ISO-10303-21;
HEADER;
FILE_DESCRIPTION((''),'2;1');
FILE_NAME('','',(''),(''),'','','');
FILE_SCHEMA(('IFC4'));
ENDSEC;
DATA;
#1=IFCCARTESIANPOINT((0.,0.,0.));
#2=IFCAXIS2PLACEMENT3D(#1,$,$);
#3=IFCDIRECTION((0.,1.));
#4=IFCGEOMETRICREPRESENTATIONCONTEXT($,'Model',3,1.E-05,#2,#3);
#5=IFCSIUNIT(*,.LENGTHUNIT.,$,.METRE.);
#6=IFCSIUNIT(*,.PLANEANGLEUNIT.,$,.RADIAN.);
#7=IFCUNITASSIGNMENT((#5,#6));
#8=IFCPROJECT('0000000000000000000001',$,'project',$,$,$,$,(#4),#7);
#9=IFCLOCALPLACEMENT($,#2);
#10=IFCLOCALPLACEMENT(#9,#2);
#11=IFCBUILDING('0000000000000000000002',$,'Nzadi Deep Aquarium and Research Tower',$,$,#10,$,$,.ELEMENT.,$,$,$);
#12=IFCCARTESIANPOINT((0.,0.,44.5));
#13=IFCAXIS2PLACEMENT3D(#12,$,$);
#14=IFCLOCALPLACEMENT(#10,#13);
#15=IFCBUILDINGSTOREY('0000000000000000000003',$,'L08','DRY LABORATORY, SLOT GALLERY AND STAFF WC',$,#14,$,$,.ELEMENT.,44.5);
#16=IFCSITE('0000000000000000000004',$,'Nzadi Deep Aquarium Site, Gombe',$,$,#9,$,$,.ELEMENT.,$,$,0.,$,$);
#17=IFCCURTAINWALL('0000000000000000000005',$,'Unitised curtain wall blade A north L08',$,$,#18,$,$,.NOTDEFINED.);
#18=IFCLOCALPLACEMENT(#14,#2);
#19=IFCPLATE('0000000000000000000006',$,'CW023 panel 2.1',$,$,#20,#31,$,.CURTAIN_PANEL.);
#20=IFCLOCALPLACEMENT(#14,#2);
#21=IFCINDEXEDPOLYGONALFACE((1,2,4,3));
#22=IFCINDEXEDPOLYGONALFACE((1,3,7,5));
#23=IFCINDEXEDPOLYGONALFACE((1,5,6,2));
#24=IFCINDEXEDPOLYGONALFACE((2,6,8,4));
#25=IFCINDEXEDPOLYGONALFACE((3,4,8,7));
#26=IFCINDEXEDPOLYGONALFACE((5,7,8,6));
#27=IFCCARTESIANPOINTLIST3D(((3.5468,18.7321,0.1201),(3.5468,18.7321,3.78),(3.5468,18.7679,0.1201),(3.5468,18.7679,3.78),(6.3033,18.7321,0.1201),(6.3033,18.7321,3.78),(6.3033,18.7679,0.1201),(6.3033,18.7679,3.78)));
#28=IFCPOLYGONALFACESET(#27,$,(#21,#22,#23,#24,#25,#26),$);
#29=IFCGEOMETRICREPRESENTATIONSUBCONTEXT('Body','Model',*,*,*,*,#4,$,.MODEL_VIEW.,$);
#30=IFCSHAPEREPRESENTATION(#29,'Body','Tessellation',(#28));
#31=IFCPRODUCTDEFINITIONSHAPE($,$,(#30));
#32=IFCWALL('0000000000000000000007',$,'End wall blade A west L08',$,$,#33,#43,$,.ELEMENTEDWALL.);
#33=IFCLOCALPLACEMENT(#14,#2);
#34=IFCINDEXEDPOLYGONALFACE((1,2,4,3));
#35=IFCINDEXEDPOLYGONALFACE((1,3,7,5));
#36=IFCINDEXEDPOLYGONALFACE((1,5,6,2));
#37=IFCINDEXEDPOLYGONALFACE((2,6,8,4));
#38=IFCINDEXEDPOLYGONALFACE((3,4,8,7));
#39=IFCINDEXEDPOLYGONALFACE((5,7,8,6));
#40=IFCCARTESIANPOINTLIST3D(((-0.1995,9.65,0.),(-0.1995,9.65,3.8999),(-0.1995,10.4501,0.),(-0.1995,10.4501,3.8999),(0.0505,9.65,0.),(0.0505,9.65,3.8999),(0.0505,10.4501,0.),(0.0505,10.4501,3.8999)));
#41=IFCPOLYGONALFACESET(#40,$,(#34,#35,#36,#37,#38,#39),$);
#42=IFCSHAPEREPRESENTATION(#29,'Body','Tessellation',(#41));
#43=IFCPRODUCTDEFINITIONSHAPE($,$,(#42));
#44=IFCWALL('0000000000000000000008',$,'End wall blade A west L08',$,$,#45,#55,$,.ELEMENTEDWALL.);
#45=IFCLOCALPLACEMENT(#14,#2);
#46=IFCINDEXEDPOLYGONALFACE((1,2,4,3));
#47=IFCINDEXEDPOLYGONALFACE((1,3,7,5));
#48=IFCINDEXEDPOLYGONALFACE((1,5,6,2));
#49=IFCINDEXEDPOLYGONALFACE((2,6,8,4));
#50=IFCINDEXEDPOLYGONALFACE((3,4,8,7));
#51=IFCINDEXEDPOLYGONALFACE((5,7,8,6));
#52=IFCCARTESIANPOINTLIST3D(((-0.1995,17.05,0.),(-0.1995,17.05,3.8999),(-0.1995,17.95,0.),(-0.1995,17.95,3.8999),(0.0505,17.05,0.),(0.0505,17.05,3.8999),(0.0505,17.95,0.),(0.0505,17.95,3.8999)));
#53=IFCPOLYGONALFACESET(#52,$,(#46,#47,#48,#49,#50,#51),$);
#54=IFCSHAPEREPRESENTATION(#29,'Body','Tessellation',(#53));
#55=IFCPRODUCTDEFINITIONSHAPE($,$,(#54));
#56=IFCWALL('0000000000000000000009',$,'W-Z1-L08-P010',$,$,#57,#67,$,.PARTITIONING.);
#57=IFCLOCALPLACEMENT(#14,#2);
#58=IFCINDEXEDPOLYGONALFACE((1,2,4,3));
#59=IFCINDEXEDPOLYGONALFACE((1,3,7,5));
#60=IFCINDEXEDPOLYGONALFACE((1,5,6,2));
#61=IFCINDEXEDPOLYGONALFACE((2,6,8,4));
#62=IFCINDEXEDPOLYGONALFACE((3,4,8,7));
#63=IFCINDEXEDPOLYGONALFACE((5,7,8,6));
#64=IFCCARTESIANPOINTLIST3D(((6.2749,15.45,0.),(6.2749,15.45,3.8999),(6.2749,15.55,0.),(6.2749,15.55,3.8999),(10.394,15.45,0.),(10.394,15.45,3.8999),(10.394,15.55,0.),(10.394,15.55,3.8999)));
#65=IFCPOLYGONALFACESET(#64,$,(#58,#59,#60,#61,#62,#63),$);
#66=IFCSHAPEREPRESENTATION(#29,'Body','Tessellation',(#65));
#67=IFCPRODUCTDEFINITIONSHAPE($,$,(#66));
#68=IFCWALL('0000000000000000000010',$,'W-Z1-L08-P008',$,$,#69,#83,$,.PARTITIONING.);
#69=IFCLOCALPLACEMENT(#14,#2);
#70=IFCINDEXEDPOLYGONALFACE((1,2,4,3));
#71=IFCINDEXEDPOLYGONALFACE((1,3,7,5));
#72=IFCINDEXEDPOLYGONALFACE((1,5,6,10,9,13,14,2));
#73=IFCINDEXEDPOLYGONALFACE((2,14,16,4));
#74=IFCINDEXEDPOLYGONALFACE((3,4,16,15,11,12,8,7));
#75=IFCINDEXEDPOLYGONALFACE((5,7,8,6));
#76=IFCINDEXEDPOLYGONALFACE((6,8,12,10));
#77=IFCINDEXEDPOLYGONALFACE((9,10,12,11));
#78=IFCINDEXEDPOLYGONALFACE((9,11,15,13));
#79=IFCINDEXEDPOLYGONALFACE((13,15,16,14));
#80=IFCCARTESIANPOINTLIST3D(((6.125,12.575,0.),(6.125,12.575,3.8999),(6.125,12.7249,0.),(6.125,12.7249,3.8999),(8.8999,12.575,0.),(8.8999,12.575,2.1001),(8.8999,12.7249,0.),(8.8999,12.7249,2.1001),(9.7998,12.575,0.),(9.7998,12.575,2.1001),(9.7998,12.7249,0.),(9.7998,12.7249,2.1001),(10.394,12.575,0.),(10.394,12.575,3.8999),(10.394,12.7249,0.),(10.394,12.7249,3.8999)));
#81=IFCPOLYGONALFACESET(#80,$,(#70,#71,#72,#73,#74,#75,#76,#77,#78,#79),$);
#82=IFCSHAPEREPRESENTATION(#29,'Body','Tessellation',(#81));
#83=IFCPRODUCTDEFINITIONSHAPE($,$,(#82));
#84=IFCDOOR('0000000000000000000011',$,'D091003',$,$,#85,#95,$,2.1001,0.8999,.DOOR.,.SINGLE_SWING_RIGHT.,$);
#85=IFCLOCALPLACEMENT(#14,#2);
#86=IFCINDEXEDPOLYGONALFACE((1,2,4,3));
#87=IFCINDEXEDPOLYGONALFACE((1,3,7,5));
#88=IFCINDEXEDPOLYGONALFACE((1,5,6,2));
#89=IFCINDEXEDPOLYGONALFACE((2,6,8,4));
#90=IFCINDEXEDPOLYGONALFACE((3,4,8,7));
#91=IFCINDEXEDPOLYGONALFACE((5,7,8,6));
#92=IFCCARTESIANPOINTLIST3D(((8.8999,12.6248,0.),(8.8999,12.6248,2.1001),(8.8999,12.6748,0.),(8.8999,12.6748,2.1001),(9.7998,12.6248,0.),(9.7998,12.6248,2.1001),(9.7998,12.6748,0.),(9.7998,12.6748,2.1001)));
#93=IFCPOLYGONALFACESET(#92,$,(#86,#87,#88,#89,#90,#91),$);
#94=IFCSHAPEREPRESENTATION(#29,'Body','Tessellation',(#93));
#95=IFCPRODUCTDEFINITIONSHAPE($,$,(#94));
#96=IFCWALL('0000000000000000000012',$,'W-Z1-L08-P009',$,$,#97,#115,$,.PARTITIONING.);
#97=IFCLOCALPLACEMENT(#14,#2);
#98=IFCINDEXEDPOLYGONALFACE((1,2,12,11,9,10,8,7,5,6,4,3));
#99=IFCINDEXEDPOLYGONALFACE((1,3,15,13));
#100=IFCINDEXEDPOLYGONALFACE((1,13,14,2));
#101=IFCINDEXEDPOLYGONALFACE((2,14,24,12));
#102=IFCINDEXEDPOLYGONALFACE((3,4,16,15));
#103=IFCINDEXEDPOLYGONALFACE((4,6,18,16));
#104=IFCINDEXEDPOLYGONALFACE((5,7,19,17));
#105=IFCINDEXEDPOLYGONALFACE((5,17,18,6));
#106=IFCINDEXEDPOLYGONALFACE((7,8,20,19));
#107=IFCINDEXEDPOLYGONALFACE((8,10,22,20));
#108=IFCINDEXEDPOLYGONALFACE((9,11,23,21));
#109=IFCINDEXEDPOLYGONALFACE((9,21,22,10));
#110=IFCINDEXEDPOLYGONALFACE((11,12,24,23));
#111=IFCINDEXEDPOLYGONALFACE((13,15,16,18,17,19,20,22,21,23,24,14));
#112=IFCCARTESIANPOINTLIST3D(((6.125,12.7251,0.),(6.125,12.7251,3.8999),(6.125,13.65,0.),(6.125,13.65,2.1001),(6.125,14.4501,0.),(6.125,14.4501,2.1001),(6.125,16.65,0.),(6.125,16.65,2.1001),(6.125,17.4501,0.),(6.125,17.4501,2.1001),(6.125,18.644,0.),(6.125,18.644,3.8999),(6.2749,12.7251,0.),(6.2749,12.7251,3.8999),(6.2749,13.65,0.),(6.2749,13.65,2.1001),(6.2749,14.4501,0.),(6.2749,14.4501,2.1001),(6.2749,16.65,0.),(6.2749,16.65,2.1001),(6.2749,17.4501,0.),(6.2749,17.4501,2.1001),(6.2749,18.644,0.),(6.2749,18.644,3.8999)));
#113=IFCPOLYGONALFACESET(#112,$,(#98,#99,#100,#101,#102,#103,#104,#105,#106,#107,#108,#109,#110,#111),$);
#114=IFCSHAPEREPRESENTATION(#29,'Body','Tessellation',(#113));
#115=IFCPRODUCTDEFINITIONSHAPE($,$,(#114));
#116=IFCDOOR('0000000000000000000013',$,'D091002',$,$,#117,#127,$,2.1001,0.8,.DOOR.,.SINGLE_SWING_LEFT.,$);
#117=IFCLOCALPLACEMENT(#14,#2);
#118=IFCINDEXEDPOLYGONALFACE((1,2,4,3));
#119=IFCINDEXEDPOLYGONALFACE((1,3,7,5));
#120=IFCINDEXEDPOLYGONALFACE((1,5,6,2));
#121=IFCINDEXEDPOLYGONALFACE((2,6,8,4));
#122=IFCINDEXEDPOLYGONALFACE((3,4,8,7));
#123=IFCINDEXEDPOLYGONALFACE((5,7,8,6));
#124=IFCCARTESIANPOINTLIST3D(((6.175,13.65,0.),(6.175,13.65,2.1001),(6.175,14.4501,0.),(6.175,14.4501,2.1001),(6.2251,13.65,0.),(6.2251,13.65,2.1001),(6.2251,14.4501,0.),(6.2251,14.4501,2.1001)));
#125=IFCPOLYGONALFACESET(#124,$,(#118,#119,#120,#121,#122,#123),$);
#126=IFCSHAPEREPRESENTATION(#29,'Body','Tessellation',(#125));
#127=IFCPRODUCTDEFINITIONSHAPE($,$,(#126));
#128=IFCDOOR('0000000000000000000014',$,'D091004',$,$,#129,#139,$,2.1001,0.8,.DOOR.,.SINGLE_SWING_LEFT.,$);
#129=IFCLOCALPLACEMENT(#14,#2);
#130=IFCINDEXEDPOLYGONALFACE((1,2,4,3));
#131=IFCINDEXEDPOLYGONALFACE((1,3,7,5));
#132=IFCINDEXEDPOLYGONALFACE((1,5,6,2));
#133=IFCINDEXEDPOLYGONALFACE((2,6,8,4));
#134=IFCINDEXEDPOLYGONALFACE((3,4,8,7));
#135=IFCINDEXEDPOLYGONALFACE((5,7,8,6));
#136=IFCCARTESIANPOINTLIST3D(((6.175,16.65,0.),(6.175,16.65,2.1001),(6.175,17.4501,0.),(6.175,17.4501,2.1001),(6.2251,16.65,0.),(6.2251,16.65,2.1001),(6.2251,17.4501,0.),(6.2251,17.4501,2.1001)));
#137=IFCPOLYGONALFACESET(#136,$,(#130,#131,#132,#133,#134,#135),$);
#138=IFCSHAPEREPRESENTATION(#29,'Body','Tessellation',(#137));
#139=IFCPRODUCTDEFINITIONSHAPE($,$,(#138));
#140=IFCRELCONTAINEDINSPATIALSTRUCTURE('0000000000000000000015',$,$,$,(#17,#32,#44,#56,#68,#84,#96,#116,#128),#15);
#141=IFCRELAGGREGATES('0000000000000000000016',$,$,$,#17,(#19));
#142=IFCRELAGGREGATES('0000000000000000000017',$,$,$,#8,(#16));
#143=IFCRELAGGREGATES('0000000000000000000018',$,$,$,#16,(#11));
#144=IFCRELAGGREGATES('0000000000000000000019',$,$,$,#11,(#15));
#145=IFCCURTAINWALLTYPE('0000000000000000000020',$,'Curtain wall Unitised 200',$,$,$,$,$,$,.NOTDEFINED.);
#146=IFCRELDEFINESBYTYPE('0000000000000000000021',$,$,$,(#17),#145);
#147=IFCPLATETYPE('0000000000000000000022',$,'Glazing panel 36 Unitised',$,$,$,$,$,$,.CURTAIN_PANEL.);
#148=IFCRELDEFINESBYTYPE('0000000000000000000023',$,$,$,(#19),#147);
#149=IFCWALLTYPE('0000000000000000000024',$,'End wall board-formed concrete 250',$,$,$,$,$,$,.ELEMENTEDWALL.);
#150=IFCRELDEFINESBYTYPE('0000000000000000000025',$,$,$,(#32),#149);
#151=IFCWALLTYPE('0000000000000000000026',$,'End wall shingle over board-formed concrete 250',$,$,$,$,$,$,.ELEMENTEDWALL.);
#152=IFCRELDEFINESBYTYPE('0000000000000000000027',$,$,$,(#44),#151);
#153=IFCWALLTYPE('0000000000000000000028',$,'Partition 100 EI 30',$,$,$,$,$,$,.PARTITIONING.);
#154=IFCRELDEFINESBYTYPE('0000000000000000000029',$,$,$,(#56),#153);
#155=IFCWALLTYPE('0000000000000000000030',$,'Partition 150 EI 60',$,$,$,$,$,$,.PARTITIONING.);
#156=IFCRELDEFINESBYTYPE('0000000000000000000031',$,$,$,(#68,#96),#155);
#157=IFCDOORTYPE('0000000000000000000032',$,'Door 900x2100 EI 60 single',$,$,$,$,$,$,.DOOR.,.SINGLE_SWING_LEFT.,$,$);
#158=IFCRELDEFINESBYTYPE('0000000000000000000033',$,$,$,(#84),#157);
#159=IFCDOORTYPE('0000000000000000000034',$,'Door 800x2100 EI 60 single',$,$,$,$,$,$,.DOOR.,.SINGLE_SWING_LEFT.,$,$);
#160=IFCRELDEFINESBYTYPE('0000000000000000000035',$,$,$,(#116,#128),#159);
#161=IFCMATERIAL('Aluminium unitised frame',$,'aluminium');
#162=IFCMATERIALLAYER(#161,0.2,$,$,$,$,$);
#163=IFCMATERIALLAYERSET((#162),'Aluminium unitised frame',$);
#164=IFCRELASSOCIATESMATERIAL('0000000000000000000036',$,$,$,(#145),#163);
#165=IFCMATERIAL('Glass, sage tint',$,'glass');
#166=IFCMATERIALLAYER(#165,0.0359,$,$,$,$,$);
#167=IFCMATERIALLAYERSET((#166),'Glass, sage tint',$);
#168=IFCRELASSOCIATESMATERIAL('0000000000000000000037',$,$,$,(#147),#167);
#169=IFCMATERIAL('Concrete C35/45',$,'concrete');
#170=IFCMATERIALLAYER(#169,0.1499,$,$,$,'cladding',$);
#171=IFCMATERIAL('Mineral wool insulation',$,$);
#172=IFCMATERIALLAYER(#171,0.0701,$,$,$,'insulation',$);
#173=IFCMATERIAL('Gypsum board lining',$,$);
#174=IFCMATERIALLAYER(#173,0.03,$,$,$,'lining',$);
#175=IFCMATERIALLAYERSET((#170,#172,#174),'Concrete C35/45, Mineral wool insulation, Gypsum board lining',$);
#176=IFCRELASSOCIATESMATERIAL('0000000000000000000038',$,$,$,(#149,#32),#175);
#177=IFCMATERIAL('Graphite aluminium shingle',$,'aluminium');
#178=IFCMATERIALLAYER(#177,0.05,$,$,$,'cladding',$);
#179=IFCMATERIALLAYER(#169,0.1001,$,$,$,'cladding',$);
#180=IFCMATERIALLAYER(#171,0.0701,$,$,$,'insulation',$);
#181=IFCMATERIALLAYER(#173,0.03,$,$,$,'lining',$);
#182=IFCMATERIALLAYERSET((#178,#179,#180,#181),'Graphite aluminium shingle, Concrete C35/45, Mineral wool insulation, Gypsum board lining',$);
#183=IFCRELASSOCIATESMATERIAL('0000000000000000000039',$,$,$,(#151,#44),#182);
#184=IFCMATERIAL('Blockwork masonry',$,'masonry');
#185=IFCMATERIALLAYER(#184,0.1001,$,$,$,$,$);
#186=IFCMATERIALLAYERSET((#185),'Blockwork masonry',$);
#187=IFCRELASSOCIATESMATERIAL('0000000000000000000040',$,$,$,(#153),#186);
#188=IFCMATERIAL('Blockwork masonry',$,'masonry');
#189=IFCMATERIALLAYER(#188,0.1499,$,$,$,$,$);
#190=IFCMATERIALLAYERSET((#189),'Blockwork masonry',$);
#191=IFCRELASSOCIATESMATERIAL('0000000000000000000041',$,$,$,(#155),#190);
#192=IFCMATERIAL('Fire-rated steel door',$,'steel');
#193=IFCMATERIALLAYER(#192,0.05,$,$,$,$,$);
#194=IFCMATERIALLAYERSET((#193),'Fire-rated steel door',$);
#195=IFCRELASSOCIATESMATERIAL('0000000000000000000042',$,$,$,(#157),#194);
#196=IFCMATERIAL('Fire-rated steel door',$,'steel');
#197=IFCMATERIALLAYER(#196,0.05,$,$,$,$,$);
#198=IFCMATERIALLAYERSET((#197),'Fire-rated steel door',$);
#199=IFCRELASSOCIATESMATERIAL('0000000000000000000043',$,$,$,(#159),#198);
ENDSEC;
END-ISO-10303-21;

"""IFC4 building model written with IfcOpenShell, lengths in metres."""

from ifc_helpers import new_model, si_unit, direction, frame, frame_2d, origin, origin_2d, place, context, subcontext, project, spatial, rectangle, extrude, material, layer, layer_set, layer_usage, type_object, element, fill, aggregate, save


model = new_model("IFC4")

# Units and contexts
model_context = context("Model", 3, precision=1e-05, world=origin(), true_north=direction((0.0, 1.0)))
body_context = subcontext(model_context, "Body", "Model", "MODEL_VIEW")
ifc_project = project(units=[si_unit("LENGTHUNIT", "METRE"), si_unit("PLANEANGLEUNIT", "RADIAN")], contexts=[model_context])

# Site, building, storey
site_placement = place(None, origin())
site = spatial("IfcSite", under=ifc_project, at=site_placement, Name="Nzadi Deep Aquarium Site, Gombe", CompositionType="ELEMENT", RefElevation=0.0)
building_placement = place(site_placement, origin())
building = spatial("IfcBuilding", under=site, at=building_placement, Name="Nzadi Deep Aquarium and Research Tower", CompositionType="ELEMENT")
storey_placement = place(building_placement, frame((0.0, 0.0, 44.5)))
storey = spatial("IfcBuildingStorey", under=building, at=storey_placement, Name="L08", Description="DRY LABORATORY, SLOT GALLERY AND STAFF WC", CompositionType="ELEMENT", Elevation=44.5)

# Curtain wall
ifc_material_1 = material(Name="Aluminium unitised frame", Category="aluminium")
ifc_layer_1 = layer(ifc_material_1, 0.2)
ifc_layer_set_1 = layer_set([ifc_layer_1], Name="Aluminium unitised frame")
curtain_wall_type = type_object("IfcCurtainWallType", Name="Curtain wall Unitised 200", PredefinedType="NOTDEFINED", material=ifc_layer_set_1)
curtain_wall_placement = place(storey_placement, origin())
curtain_wall = element("IfcCurtainWall", 1, at=curtain_wall_placement, inside=storey, type_object=curtain_wall_type, Name="Unitised curtain wall blade A north L08", PredefinedType="NOTDEFINED")

# Plate
ifc_material_2 = material(Name="Glass, sage tint", Category="glass")
ifc_layer_2 = layer(ifc_material_2, 0.0359)
ifc_layer_set_2 = layer_set([ifc_layer_2], Name="Glass, sage tint")
plate_type = type_object("IfcPlateType", Name="Glazing panel 36 Unitised", PredefinedType="CURTAIN_PANEL", material=ifc_layer_set_2)
plate_1_placement = place(storey_placement, frame((4.925, 18.75, 0.1201), z_axis=(0.0, 0.0, 1.0), x_axis=(1.0, 0.0, 0.0)))
plate_1 = element("IfcPlate", 2, at=plate_1_placement, type_object=plate_type, Name="CW023 panel 2.1", PredefinedType="CURTAIN_PANEL", context=body_context, shape_type="SweptSolid", body=[
    extrude(rectangle(XDim=2.7566, YDim=0.0359, at=origin_2d()), origin(), (0.0, 0.0, 1.0), 3.6599),
])
aggregate(curtain_wall, [plate_1])

# Walls
ifc_material_3 = material(Name="Concrete C35/45", Category="concrete")
ifc_layer_3 = layer(ifc_material_3, 0.1499, Category="cladding")
ifc_material_4 = material(Name="Mineral wool insulation")
ifc_layer_4 = layer(ifc_material_4, 0.0701, Category="insulation")
ifc_material_5 = material(Name="Gypsum board lining")
ifc_layer_5 = layer(ifc_material_5, 0.03, Category="lining")
ifc_layer_set_3 = layer_set([ifc_layer_3, ifc_layer_4, ifc_layer_5], Name="Concrete C35/45, Mineral wool insulation, Gypsum board lining")
ifc_layer_usage_1 = layer_usage(ifc_layer_set_3, "AXIS2", "POSITIVE", -0.125)
wall_type_1 = type_object("IfcWallType", Name="End wall board-formed concrete 250", PredefinedType="ELEMENTEDWALL", material=ifc_layer_set_3)
wall_1_placement = place(storey_placement, frame((-0.0745, 10.45, 0.0), z_axis=(0.0, 0.0, 1.0), x_axis=(0.0, -1.0, 0.0)))
element("IfcWall", 3, at=wall_1_placement, inside=storey, type_object=wall_type_1, material=ifc_layer_usage_1, Name="End wall blade A west L08", PredefinedType="ELEMENTEDWALL", context=body_context, shape_type="SweptSolid", body=[
    extrude(rectangle(XDim=0.8, YDim=0.25, at=frame_2d((0.3999, 0.0))), origin(), (0.0, 0.0, 1.0), 3.8999),
])
ifc_material_6 = material(Name="Graphite aluminium shingle", Category="aluminium")
ifc_layer_6 = layer(ifc_material_6, 0.05, Category="cladding")
ifc_layer_7 = layer(ifc_material_3, 0.1001, Category="cladding")
ifc_layer_8 = layer(ifc_material_4, 0.0701, Category="insulation")
ifc_layer_9 = layer(ifc_material_5, 0.03, Category="lining")
ifc_layer_set_4 = layer_set([ifc_layer_6, ifc_layer_7, ifc_layer_8, ifc_layer_9], Name="Graphite aluminium shingle, Concrete C35/45, Mineral wool insulation, Gypsum board lining")
ifc_layer_usage_2 = layer_usage(ifc_layer_set_4, "AXIS2", "POSITIVE", -0.125)
wall_type_2 = type_object("IfcWallType", Name="End wall shingle over board-formed concrete 250", PredefinedType="ELEMENTEDWALL", material=ifc_layer_set_4)
wall_2_placement = place(storey_placement, frame((-0.0745, 17.95, 0.0), z_axis=(0.0, 0.0, 1.0), x_axis=(0.0, -1.0, 0.0)))
element("IfcWall", 4, at=wall_2_placement, inside=storey, type_object=wall_type_2, material=ifc_layer_usage_2, Name="End wall blade A west L08", PredefinedType="ELEMENTEDWALL", context=body_context, shape_type="SweptSolid", body=[
    extrude(rectangle(XDim=0.8999, YDim=0.25, at=frame_2d((0.45, 0.0))), origin(), (0.0, 0.0, 1.0), 3.8999),
])
ifc_material_7 = material(Name="Blockwork masonry", Category="masonry")
ifc_layer_10 = layer(ifc_material_7, 0.1001)
ifc_layer_set_5 = layer_set([ifc_layer_10], Name="Blockwork masonry")
wall_type_3 = type_object("IfcWallType", Name="Partition 100 EI 30", PredefinedType="PARTITIONING", material=ifc_layer_set_5)
wall_3_placement = place(storey_placement, frame((6.2749, 15.5, 0.0), z_axis=(0.0, 0.0, 1.0), x_axis=(1.0, 0.0, 0.0)))
element("IfcWall", 5, at=wall_3_placement, inside=storey, type_object=wall_type_3, Name="W-Z1-L08-P010", PredefinedType="PARTITIONING", context=body_context, shape_type="SweptSolid", body=[
    extrude(rectangle(XDim=4.1191, YDim=0.1001, at=frame_2d((2.0596, 0.0))), origin(), (0.0, 0.0, 1.0), 3.8999),
])

# Wall, opening, door
ifc_material_8 = material(Name="Blockwork masonry", Category="masonry")
ifc_layer_11 = layer(ifc_material_8, 0.1499)
ifc_layer_set_6 = layer_set([ifc_layer_11], Name="Blockwork masonry")
wall_type_4 = type_object("IfcWallType", Name="Partition 150 EI 60", PredefinedType="PARTITIONING", material=ifc_layer_set_6)
wall_4_placement = place(storey_placement, frame((6.125, 12.6499, 0.0), z_axis=(0.0, 0.0, 1.0), x_axis=(1.0, 0.0, 0.0)))
wall_4 = element("IfcWall", 6, at=wall_4_placement, inside=storey, type_object=wall_type_4, Name="W-Z1-L08-P008", PredefinedType="PARTITIONING", context=body_context, shape_type="SweptSolid", body=[
    extrude(rectangle(XDim=4.269, YDim=0.1499, at=frame_2d((2.1345, 0.0))), origin(), (0.0, 0.0, 1.0), 3.8999),
])
opening_1_placement = place(wall_4_placement, frame((2.7749, 0.0, 0.0)))
opening_1 = element("IfcOpeningElement", 7, at=opening_1_placement, cuts=wall_4, PredefinedType="OPENING", context=body_context, shape_type="SweptSolid", body=[
    extrude(rectangle(XDim=0.8999, YDim=2.1001, at=frame_2d((0.45, 1.05))), frame((0.0, 0.085, 0.0), z_axis=(0.0, -1.0, 0.0), x_axis=(1.0, 0.0, 0.0)), (0.0, 0.0, 1.0), 0.1699),
])
ifc_material_9 = material(Name="Fire-rated steel door", Category="steel")
ifc_layer_12 = layer(ifc_material_9, 0.05)
ifc_layer_set_7 = layer_set([ifc_layer_12], Name="Fire-rated steel door")
door_type_1 = type_object("IfcDoorType", Name="Door 900x2100 EI 60 single", OperationType="SINGLE_SWING_LEFT", PredefinedType="DOOR", material=ifc_layer_set_7)
door_1_placement = place(opening_1_placement, origin())
door_1 = element("IfcDoor", 8, at=door_1_placement, inside=storey, type_object=door_type_1, Name="D091003", OperationType="SINGLE_SWING_RIGHT", OverallHeight=2.1001, OverallWidth=0.8999, PredefinedType="DOOR", context=body_context, shape_type="SweptSolid", body=[
    extrude(rectangle(XDim=0.8999, YDim=2.1001, at=frame_2d((0.45, 1.05))), frame((0.0, 0.0249, 0.0), z_axis=(0.0, -1.0, 0.0), x_axis=(1.0, 0.0, 0.0)), (0.0, 0.0, 1.0), 0.05),
])
fill(opening_1, door_1)

# Wall, openings, doors
wall_5_placement = place(storey_placement, frame((6.2, 12.7251, 0.0), z_axis=(0.0, 0.0, 1.0), x_axis=(0.0, 1.0, 0.0)))
wall_5 = element("IfcWall", 9, at=wall_5_placement, inside=storey, type_object=wall_type_4, Name="W-Z1-L08-P009", PredefinedType="PARTITIONING", context=body_context, shape_type="SweptSolid", body=[
    extrude(rectangle(XDim=5.9189, YDim=0.1499, at=frame_2d((2.9595, 0.0))), origin(), (0.0, 0.0, 1.0), 3.8999),
])
opening_2_placement = place(wall_5_placement, frame((0.925, 0.0, 0.0)))
opening_2 = element("IfcOpeningElement", 10, at=opening_2_placement, cuts=wall_5, PredefinedType="OPENING", context=body_context, shape_type="SweptSolid", body=[
    extrude(rectangle(XDim=0.8, YDim=2.1001, at=frame_2d((0.3999, 1.05))), frame((0.0, 0.085, 0.0), z_axis=(0.0, -1.0, 0.0), x_axis=(1.0, 0.0, 0.0)), (0.0, 0.0, 1.0), 0.1699),
])
opening_3_placement = place(wall_5_placement, frame((3.925, 0.0, 0.0)))
opening_3 = element("IfcOpeningElement", 11, at=opening_3_placement, cuts=wall_5, PredefinedType="OPENING", context=body_context, shape_type="SweptSolid", body=[
    extrude(rectangle(XDim=0.8, YDim=2.1001, at=frame_2d((0.3999, 1.05))), frame((0.0, 0.085, 0.0), z_axis=(0.0, -1.0, 0.0), x_axis=(1.0, 0.0, 0.0)), (0.0, 0.0, 1.0), 0.1699),
])
ifc_material_10 = material(Name="Fire-rated steel door", Category="steel")
ifc_layer_13 = layer(ifc_material_10, 0.05)
ifc_layer_set_8 = layer_set([ifc_layer_13], Name="Fire-rated steel door")
door_type_2 = type_object("IfcDoorType", Name="Door 800x2100 EI 60 single", OperationType="SINGLE_SWING_LEFT", PredefinedType="DOOR", material=ifc_layer_set_8)
door_2_placement = place(opening_2_placement, origin())
door_2 = element("IfcDoor", 12, at=door_2_placement, inside=storey, type_object=door_type_2, Name="D091002", OperationType="SINGLE_SWING_LEFT", OverallHeight=2.1001, OverallWidth=0.8, PredefinedType="DOOR", context=body_context, shape_type="SweptSolid", body=[
    extrude(rectangle(XDim=0.8, YDim=2.1001, at=frame_2d((0.3999, 1.05))), frame((0.0, 0.0249, 0.0), z_axis=(0.0, -1.0, 0.0), x_axis=(1.0, 0.0, 0.0)), (0.0, 0.0, 1.0), 0.05),
])
fill(opening_2, door_2)
door_3_placement = place(opening_3_placement, origin())
door_3 = element("IfcDoor", 13, at=door_3_placement, inside=storey, type_object=door_type_2, Name="D091004", OperationType="SINGLE_SWING_LEFT", OverallHeight=2.1001, OverallWidth=0.8, PredefinedType="DOOR", context=body_context, shape_type="SweptSolid", body=[
    extrude(rectangle(XDim=0.8, YDim=2.1001, at=frame_2d((0.3999, 1.05))), frame((0.0, 0.0249, 0.0), z_axis=(0.0, -1.0, 0.0), x_axis=(1.0, 0.0, 0.0)), (0.0, 0.0, 1.0), 0.05),
])
fill(opening_3, door_3)

save(model, "model.ifc")
